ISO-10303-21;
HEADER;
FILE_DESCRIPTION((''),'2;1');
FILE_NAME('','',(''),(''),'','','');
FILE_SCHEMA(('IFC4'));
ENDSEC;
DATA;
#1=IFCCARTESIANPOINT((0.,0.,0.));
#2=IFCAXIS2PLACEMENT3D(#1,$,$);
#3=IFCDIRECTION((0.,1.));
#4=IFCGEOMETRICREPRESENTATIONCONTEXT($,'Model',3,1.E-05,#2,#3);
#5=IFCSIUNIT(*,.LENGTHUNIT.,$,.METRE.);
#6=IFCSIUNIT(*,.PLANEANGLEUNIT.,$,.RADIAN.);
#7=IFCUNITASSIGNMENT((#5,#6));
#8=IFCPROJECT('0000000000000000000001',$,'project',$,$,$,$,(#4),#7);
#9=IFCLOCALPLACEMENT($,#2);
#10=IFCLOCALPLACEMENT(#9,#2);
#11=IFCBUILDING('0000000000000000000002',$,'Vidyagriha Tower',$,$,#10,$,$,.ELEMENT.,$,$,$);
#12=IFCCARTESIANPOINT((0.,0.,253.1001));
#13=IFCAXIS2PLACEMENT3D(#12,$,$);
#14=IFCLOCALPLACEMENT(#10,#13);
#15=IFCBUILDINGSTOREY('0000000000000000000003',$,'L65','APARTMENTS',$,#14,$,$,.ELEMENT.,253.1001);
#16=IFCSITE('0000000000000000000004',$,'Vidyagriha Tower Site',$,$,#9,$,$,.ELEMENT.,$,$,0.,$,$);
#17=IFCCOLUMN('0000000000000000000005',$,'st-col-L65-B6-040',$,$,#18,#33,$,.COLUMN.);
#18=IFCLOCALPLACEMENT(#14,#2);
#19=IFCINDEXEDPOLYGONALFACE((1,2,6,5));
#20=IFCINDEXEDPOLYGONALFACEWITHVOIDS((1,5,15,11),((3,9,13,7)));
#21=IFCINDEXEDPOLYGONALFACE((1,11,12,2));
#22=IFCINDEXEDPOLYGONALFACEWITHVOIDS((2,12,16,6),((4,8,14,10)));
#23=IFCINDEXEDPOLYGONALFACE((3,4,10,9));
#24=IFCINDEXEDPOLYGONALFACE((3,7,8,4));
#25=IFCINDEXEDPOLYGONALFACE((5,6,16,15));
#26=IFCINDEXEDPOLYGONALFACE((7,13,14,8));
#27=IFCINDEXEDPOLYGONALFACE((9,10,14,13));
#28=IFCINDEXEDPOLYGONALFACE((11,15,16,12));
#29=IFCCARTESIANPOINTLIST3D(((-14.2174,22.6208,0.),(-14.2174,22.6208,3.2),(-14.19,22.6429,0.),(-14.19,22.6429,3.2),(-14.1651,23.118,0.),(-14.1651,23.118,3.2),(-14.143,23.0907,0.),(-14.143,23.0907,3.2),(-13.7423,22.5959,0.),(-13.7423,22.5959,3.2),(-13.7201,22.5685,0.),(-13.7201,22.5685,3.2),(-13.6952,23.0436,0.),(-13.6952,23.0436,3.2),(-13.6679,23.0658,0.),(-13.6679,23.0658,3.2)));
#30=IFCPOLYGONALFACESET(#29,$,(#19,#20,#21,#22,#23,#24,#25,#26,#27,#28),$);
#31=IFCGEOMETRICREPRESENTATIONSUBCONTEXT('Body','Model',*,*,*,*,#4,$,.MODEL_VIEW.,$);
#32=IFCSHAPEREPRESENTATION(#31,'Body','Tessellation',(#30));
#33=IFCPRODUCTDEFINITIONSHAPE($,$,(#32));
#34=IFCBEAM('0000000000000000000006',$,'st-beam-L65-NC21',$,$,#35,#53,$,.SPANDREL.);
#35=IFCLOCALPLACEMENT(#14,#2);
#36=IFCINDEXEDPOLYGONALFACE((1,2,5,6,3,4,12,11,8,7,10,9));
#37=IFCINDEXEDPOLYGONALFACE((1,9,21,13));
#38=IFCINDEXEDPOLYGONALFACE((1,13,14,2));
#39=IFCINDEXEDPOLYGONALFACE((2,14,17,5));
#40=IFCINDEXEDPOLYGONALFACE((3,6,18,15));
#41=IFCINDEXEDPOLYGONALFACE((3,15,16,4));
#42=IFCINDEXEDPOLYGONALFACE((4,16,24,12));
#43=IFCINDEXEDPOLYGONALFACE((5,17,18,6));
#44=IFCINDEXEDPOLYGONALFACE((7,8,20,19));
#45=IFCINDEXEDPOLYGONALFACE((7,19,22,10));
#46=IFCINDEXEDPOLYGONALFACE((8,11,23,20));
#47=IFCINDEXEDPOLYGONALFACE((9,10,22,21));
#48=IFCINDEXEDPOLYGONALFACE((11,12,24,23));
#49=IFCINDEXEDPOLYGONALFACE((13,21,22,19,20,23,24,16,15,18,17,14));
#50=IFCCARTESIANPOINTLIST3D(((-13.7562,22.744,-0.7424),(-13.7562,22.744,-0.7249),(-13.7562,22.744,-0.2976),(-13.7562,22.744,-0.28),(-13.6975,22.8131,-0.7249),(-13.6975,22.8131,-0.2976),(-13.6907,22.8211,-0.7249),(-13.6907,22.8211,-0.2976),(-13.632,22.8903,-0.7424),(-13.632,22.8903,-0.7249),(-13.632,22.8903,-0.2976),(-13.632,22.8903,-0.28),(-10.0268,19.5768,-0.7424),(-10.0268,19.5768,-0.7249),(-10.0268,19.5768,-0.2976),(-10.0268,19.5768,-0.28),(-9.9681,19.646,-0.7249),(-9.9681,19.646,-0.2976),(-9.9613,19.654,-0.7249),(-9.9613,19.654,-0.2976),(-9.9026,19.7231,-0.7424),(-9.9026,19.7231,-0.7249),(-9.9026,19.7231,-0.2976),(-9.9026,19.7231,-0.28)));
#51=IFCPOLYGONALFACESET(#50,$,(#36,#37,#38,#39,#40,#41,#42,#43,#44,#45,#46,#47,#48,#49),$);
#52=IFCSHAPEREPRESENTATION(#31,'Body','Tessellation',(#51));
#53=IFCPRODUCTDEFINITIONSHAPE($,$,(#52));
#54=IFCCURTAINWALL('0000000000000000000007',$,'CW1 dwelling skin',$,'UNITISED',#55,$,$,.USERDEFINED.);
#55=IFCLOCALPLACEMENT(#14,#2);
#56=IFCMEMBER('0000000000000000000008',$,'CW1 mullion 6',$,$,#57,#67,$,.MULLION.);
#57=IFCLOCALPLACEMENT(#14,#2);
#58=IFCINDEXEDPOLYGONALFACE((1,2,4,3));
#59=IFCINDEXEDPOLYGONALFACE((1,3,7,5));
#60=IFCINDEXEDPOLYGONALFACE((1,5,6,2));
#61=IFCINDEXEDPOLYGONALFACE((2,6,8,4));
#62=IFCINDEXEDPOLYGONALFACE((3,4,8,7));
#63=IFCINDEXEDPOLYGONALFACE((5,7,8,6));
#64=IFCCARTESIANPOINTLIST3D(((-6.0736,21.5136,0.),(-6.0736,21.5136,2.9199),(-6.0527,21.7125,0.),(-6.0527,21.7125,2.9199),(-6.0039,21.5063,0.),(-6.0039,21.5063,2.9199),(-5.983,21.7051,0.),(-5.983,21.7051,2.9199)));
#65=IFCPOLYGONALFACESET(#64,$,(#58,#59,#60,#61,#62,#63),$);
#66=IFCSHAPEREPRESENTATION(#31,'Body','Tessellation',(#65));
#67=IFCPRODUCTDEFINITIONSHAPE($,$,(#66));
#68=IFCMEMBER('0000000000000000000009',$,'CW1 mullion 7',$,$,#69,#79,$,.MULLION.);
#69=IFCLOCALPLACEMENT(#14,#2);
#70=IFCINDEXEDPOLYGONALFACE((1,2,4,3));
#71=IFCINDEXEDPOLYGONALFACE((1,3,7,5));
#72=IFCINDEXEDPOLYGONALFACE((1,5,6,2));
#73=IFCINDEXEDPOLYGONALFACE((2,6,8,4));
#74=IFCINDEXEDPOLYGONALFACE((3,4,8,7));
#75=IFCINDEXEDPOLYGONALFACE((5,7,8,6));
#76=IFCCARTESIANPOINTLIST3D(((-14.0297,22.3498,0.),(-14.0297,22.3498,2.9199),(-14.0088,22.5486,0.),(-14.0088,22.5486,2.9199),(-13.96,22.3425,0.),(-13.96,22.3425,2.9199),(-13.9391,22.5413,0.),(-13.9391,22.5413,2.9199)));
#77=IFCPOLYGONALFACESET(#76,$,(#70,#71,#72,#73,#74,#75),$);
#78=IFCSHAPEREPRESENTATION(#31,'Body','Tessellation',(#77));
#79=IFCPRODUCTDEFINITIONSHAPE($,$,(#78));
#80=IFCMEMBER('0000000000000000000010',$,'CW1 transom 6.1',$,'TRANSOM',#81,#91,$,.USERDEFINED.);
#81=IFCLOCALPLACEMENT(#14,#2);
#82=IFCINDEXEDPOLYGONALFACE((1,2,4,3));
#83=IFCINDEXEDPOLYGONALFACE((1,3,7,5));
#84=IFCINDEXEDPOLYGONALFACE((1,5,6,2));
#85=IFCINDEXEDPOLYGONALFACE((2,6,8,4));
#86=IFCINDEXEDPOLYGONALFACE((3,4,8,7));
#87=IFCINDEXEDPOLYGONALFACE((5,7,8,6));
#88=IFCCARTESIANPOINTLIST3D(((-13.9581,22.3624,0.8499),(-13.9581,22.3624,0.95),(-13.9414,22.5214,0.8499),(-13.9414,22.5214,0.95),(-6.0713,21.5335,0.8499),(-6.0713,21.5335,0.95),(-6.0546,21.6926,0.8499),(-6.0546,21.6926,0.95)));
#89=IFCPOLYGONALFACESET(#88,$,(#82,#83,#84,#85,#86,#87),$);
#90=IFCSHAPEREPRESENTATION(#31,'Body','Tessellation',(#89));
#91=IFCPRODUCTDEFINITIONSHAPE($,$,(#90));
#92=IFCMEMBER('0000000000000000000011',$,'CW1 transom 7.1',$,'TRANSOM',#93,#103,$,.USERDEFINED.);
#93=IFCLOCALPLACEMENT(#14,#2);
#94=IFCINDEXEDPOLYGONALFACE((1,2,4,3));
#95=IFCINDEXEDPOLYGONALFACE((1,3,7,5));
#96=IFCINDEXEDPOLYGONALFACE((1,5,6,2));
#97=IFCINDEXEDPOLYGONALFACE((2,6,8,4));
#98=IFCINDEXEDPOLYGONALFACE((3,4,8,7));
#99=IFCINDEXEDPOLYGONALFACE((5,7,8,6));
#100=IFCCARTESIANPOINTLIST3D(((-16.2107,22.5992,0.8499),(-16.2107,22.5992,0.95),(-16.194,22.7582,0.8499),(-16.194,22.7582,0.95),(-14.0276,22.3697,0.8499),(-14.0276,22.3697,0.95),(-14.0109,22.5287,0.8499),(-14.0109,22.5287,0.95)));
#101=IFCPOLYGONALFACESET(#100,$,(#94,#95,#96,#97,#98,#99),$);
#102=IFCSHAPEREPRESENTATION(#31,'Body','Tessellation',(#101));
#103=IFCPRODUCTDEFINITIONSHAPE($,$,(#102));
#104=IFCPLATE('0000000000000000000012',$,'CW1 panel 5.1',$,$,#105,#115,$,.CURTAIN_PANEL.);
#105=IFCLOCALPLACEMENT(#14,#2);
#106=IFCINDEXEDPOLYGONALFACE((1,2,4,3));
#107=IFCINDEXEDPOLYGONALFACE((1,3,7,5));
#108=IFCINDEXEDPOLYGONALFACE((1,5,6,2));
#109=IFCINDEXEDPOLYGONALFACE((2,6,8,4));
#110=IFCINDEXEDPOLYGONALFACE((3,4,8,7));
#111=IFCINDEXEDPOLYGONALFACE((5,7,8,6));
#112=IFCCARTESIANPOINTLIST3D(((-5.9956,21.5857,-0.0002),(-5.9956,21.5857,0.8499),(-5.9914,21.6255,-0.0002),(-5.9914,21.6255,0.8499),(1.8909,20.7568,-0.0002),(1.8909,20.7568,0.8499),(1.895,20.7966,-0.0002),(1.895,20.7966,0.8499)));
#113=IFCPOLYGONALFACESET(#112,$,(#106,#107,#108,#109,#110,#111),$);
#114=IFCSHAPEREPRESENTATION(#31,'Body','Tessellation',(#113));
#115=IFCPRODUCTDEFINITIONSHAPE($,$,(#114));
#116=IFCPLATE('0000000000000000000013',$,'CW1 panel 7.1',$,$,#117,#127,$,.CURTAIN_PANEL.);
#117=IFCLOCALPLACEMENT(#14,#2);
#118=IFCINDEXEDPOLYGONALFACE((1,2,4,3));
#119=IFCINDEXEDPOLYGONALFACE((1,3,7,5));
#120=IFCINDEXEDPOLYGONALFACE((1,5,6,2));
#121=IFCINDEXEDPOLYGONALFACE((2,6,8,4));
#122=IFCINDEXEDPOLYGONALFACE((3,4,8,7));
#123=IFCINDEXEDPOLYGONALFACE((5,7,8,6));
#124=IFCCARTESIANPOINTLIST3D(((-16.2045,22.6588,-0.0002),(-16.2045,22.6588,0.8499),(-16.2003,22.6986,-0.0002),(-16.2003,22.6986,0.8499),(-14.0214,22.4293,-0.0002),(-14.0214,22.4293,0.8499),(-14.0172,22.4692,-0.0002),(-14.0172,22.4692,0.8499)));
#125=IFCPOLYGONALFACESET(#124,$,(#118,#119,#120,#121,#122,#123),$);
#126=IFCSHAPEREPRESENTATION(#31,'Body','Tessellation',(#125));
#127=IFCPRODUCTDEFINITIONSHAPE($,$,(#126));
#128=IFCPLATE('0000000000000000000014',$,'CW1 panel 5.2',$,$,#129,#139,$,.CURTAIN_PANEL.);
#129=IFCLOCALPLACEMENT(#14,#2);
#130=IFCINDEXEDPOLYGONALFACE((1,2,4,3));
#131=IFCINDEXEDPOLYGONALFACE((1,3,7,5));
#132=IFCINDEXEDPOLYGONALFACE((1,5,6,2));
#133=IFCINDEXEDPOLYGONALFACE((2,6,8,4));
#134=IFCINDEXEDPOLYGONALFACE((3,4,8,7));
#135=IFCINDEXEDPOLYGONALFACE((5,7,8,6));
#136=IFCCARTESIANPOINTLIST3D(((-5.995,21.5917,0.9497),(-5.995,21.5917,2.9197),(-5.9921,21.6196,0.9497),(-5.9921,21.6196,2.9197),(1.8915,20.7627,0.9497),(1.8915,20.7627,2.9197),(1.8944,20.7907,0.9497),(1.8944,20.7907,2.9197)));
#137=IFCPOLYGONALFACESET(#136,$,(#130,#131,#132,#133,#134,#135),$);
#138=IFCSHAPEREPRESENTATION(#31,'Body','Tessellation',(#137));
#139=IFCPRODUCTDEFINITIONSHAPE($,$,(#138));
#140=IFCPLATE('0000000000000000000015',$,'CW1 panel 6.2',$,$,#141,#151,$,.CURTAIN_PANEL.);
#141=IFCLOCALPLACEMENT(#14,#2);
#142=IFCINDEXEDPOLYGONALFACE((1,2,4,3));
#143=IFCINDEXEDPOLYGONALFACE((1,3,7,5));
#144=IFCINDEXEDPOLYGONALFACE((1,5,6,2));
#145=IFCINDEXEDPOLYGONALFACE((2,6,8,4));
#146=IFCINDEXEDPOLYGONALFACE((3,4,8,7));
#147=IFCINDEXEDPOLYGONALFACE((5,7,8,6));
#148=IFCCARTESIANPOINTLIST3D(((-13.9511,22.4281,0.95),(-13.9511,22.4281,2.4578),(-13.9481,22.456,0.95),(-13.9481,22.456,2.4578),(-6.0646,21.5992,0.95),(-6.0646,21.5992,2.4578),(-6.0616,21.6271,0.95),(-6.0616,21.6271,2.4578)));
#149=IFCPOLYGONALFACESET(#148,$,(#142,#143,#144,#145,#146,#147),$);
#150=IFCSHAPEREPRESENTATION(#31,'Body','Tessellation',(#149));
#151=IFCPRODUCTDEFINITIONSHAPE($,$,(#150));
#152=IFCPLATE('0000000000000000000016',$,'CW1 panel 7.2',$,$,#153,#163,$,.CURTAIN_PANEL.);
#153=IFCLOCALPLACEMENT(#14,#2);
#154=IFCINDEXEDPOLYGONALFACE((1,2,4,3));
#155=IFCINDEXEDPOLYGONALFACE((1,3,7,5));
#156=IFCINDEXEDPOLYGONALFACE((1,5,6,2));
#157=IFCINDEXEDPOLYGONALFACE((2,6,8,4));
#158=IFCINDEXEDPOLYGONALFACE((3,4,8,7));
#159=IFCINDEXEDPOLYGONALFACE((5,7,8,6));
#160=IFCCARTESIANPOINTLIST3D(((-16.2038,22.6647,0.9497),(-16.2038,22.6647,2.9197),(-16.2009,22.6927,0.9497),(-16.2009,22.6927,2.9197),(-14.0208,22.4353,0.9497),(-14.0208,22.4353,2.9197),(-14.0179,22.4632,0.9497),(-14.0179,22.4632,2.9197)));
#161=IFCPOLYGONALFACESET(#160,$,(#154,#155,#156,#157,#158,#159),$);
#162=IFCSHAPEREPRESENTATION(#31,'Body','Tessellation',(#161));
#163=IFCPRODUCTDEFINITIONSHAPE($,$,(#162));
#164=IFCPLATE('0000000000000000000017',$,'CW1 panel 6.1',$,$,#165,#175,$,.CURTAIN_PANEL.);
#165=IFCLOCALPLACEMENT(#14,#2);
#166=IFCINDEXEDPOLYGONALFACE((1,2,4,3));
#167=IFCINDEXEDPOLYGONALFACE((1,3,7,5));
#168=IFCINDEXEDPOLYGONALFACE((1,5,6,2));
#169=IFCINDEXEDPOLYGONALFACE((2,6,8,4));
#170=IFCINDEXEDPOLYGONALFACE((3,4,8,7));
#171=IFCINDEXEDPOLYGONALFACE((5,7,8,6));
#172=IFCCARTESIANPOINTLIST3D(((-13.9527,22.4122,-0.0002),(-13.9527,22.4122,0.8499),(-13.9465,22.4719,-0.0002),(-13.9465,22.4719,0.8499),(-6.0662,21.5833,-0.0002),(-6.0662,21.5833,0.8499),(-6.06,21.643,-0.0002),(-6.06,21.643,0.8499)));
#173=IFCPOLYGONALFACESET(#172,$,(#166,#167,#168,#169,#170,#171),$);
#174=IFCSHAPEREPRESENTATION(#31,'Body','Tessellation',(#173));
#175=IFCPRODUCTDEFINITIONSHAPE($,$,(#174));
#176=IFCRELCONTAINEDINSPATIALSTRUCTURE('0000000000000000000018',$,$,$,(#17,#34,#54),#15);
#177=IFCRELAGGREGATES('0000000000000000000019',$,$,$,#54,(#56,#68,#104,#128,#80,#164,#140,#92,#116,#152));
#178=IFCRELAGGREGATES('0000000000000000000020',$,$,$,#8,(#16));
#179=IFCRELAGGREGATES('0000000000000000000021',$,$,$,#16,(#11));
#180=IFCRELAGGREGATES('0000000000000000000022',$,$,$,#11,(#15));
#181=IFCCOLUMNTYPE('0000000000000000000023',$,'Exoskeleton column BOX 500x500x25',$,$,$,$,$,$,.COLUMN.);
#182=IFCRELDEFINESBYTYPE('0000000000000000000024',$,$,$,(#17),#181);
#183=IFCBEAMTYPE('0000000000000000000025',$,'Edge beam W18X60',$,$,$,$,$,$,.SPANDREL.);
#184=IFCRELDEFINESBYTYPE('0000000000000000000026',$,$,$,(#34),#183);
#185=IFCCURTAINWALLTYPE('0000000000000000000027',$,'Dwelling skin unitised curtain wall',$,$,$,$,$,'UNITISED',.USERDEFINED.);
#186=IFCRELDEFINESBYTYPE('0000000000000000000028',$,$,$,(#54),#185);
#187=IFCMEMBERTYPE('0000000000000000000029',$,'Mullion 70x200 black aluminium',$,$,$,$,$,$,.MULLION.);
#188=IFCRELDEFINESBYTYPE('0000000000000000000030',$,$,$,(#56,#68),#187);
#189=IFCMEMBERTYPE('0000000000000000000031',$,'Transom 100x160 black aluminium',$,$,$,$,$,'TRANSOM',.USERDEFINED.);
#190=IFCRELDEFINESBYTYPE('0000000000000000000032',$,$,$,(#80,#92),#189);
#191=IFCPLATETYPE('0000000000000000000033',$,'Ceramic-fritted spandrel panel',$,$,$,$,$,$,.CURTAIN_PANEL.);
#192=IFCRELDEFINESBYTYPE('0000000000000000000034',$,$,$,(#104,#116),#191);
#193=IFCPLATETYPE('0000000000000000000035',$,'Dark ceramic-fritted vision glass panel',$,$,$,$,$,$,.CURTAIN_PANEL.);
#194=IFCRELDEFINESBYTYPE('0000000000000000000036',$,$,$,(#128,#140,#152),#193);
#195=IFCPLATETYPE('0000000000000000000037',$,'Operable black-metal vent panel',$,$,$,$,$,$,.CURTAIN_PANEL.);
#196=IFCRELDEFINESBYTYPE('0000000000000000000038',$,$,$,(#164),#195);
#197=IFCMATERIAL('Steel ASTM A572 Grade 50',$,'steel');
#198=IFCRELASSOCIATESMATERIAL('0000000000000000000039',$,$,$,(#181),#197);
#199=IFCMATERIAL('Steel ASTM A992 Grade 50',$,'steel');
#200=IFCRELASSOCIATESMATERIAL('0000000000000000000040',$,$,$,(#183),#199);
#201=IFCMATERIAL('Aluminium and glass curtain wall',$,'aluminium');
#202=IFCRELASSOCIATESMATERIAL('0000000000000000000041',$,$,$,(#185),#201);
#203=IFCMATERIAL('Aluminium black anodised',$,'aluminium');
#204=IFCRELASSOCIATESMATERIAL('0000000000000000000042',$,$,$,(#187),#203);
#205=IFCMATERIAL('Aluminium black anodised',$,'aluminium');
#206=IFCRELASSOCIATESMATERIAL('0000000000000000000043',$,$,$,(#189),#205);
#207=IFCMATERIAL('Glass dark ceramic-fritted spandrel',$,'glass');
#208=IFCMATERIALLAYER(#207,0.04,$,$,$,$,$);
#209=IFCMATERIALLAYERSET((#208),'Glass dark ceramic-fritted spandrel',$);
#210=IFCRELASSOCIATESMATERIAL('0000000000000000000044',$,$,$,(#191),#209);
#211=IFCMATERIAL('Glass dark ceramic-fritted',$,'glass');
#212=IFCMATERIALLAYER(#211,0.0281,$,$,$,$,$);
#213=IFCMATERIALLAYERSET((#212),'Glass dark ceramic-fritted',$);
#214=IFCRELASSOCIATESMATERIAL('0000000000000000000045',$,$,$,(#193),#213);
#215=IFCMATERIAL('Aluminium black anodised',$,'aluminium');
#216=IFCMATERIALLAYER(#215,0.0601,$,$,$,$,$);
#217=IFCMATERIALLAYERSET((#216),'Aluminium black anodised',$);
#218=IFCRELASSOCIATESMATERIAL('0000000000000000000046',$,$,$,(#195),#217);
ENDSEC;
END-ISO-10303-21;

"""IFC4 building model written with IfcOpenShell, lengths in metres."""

from ifc_helpers import new_model, si_unit, direction, frame, origin, origin_2d, place, context, subcontext, project, spatial, rectangle, hollow_rectangle, i_section, extrude, material, layer, layer_set, material_profile, profile_set, type_object, element, aggregate, save


model = new_model("IFC4")

# Units and contexts
model_context = context("Model", 3, precision=1e-05, world=origin(), true_north=direction((0.0, 1.0)))
body_context = subcontext(model_context, "Body", "Model", "MODEL_VIEW")
ifc_project = project(units=[si_unit("LENGTHUNIT", "METRE"), si_unit("PLANEANGLEUNIT", "RADIAN")], contexts=[model_context])

# Site, building, storey
site_placement = place(None, origin())
site = spatial("IfcSite", under=ifc_project, at=site_placement, Name="Vidyagriha Tower Site", CompositionType="ELEMENT", RefElevation=0.0)
building_placement = place(site_placement, origin())
building = spatial("IfcBuilding", under=site, at=building_placement, Name="Vidyagriha Tower", CompositionType="ELEMENT")
storey_placement = place(building_placement, frame((0.0, 0.0, 253.1001)))
storey = spatial("IfcBuildingStorey", under=building, at=storey_placement, Name="L65", Description="APARTMENTS", CompositionType="ELEMENT", Elevation=253.1001)

# Column
ifc_material_1 = material(Name="Steel ASTM A572 Grade 50", Category="steel")
ifc_material_profile_1 = material_profile(ifc_material_1, hollow_rectangle(XDim=0.5, YDim=0.5, WallThickness=0.0249, at=origin_2d()), Name="BOX 500x500x25")
ifc_profile_set_1 = profile_set([ifc_material_profile_1], Name="Steel ASTM A572 Grade 50")
column_type = type_object("IfcColumnType", Name="Exoskeleton column BOX 500x500x25", PredefinedType="COLUMN", material=ifc_profile_set_1)
column_placement = place(storey_placement, frame((-13.9426, 22.8433, 0.0), z_axis=(0.0, 0.0, 1.0), x_axis=(0.994522, -0.104528, 0.0)))
element("IfcColumn", 1, at=column_placement, inside=storey, type_object=column_type, Name="st-col-L65-B6-040", PredefinedType="COLUMN", context=body_context, shape_type="SweptSolid", body=[
    extrude(hollow_rectangle(XDim=0.5, YDim=0.5, WallThickness=0.0249, at=origin_2d()), origin(), (0.0, 0.0, 1.0), 3.2),
])

# Beam
ifc_material_2 = material(Name="Steel ASTM A992 Grade 50", Category="steel")
ifc_material_profile_2 = material_profile(ifc_material_2, i_section(OverallWidth=0.1919, OverallDepth=0.4624, WebThickness=0.0105, FlangeThickness=0.0176, at=origin_2d()), Name="W18X60")
ifc_profile_set_2 = profile_set([ifc_material_profile_2], Name="Steel ASTM A992 Grade 50")
beam_type = type_object("IfcBeamType", Name="Edge beam W18X60", PredefinedType="SPANDREL", material=ifc_profile_set_2)
beam_placement = place(storey_placement, frame((-13.6941, 22.8171, -0.5112), z_axis=(0.762225, -0.647312, 0.0), x_axis=(0.647312, 0.762225, 0.0)))
element("IfcBeam", 2, at=beam_placement, inside=storey, type_object=beam_type, Name="st-beam-L65-NC21", PredefinedType="SPANDREL", context=body_context, shape_type="SweptSolid", body=[
    extrude(i_section(OverallWidth=0.1919, OverallDepth=0.4624, WebThickness=0.0105, FlangeThickness=0.0176, at=origin_2d()), origin(), (0.0, 0.0, 1.0), 4.8928),
])

# Curtain wall, members, plates
ifc_material_3 = material(Name="Aluminium and glass curtain wall", Category="aluminium")
curtain_wall_type = type_object("IfcCurtainWallType", Name="Dwelling skin unitised curtain wall", ElementType="UNITISED", PredefinedType="USERDEFINED", material=ifc_material_3)
curtain_wall_placement = place(storey_placement, origin())
curtain_wall = element("IfcCurtainWall", 3, at=curtain_wall_placement, inside=storey, type_object=curtain_wall_type, Name="CW1 dwelling skin", ObjectType="UNITISED", PredefinedType="USERDEFINED")
ifc_material_4 = material(Name="Aluminium black anodised", Category="aluminium")
ifc_material_profile_3 = material_profile(ifc_material_4, rectangle(XDim=0.2, YDim=0.0701, at=origin_2d()), Name="Mullion 70x200 black aluminium")
ifc_profile_set_3 = profile_set([ifc_material_profile_3], Name="Aluminium black anodised")
member_type_1 = type_object("IfcMemberType", Name="Mullion 70x200 black aluminium", PredefinedType="MULLION", material=ifc_profile_set_3)
member_1_placement = place(storey_placement, frame((-6.0283, 21.6094, 0.0), z_axis=(0.0, 0.0, 1.0), x_axis=(-0.104529, -0.994522, 0.0)))
member_1 = element("IfcMember", 4, at=member_1_placement, type_object=member_type_1, Name="CW1 mullion 6", PredefinedType="MULLION", context=body_context, shape_type="SweptSolid", body=[
    extrude(rectangle(XDim=0.2, YDim=0.0701, at=origin_2d()), origin(), (0.0, 0.0, 1.0), 2.9199),
])
member_2_placement = place(storey_placement, frame((-13.9844, 22.4456, 0.0), z_axis=(0.0, 0.0, 1.0), x_axis=(-0.104529, -0.994522, 0.0)))
member_2 = element("IfcMember", 5, at=member_2_placement, type_object=member_type_1, Name="CW1 mullion 7", PredefinedType="MULLION", context=body_context, shape_type="SweptSolid", body=[
    extrude(rectangle(XDim=0.2, YDim=0.0701, at=origin_2d()), origin(), (0.0, 0.0, 1.0), 2.9199),
])
ifc_material_5 = material(Name="Aluminium black anodised", Category="aluminium")
ifc_material_profile_4 = material_profile(ifc_material_5, rectangle(XDim=0.1599, YDim=0.1001, at=origin_2d()), Name="Transom 100x160 black aluminium")
ifc_profile_set_4 = profile_set([ifc_material_profile_4], Name="Aluminium black anodised")
member_type_2 = type_object("IfcMemberType", Name="Transom 100x160 black aluminium", ElementType="TRANSOM", PredefinedType="USERDEFINED", material=ifc_profile_set_4)
member_3_placement = place(storey_placement, frame((-6.063, 21.613, 0.8999), z_axis=(-0.994523, 0.10452, 0.0), x_axis=(-0.10452, -0.994523, 0.0)))
member_3 = element("IfcMember", 6, at=member_3_placement, type_object=member_type_2, Name="CW1 transom 6.1", ObjectType="TRANSOM", PredefinedType="USERDEFINED", context=body_context, shape_type="SweptSolid", body=[
    extrude(rectangle(XDim=0.1599, YDim=0.1001, at=origin_2d()), origin(), (0.0, 0.0, 1.0), 7.9302),
])
member_4_placement = place(storey_placement, frame((-14.0193, 22.4492, 0.8999), z_axis=(-0.99452, 0.104546, 0.0), x_axis=(-0.104546, -0.99452, 0.0)))
member_4 = element("IfcMember", 7, at=member_4_placement, type_object=member_type_2, Name="CW1 transom 7.1", ObjectType="TRANSOM", PredefinedType="USERDEFINED", context=body_context, shape_type="SweptSolid", body=[
    extrude(rectangle(XDim=0.1599, YDim=0.1001, at=origin_2d()), origin(), (0.0, 0.0, 1.0), 2.1951),
])
ifc_material_6 = material(Name="Glass dark ceramic-fritted spandrel", Category="glass")
ifc_layer_1 = layer(ifc_material_6, 0.04)
ifc_layer_set_1 = layer_set([ifc_layer_1], Name="Glass dark ceramic-fritted spandrel")
plate_type_1 = type_object("IfcPlateType", Name="Ceramic-fritted spandrel panel", PredefinedType="CURTAIN_PANEL", material=ifc_layer_set_1)
plate_1_placement = place(storey_placement, frame((-2.0503, 21.1912, -0.0002), z_axis=(0.0, 0.0, 1.0), x_axis=(-0.994522, 0.104529, 0.0)))
plate_1 = element("IfcPlate", 8, at=plate_1_placement, type_object=plate_type_1, Name="CW1 panel 5.1", PredefinedType="CURTAIN_PANEL", context=body_context, shape_type="SweptSolid", body=[
    extrude(rectangle(XDim=7.9299, YDim=0.04, at=origin_2d()), origin(), (0.0, 0.0, 1.0), 0.8501),
])
plate_2_placement = place(storey_placement, frame((-15.1108, 22.564, -0.0002), z_axis=(0.0, 0.0, 1.0), x_axis=(-0.994522, 0.104529, 0.0)))
plate_2 = element("IfcPlate", 9, at=plate_2_placement, type_object=plate_type_1, Name="CW1 panel 7.1", PredefinedType="CURTAIN_PANEL", context=body_context, shape_type="SweptSolid", body=[
    extrude(rectangle(XDim=2.1951, YDim=0.04, at=origin_2d()), origin(), (0.0, 0.0, 1.0), 0.8501),
])
ifc_material_7 = material(Name="Glass dark ceramic-fritted", Category="glass")
ifc_layer_2 = layer(ifc_material_7, 0.0281)
ifc_layer_set_2 = layer_set([ifc_layer_2], Name="Glass dark ceramic-fritted")
plate_type_2 = type_object("IfcPlateType", Name="Dark ceramic-fritted vision glass panel", PredefinedType="CURTAIN_PANEL", material=ifc_layer_set_2)
plate_3_placement = place(storey_placement, frame((-2.0503, 21.1912, 0.9497), z_axis=(0.0, 0.0, 1.0), x_axis=(-0.994522, 0.104529, 0.0)))
plate_3 = element("IfcPlate", 10, at=plate_3_placement, type_object=plate_type_2, Name="CW1 panel 5.2", PredefinedType="CURTAIN_PANEL", context=body_context, shape_type="SweptSolid", body=[
    extrude(rectangle(XDim=7.9299, YDim=0.0281, at=origin_2d()), origin(), (0.0, 0.0, 1.0), 1.97),
])
plate_4_placement = place(storey_placement, frame((-10.0063, 22.0276, 0.95), z_axis=(0.0, 0.0, 1.0), x_axis=(-0.994522, 0.104529, 0.0)))
plate_4 = element("IfcPlate", 11, at=plate_4_placement, type_object=plate_type_2, Name="CW1 panel 6.2", PredefinedType="CURTAIN_PANEL", context=body_context, shape_type="SweptSolid", body=[
    extrude(rectangle(XDim=7.9299, YDim=0.0281, at=origin_2d()), origin(), (0.0, 0.0, 1.0), 1.5078),
])
plate_5_placement = place(storey_placement, frame((-15.1108, 22.564, 0.9497), z_axis=(0.0, 0.0, 1.0), x_axis=(-0.994522, 0.104529, 0.0)))
plate_5 = element("IfcPlate", 12, at=plate_5_placement, type_object=plate_type_2, Name="CW1 panel 7.2", PredefinedType="CURTAIN_PANEL", context=body_context, shape_type="SweptSolid", body=[
    extrude(rectangle(XDim=2.1951, YDim=0.0281, at=origin_2d()), origin(), (0.0, 0.0, 1.0), 1.97),
])
ifc_material_8 = material(Name="Aluminium black anodised", Category="aluminium")
ifc_layer_3 = layer(ifc_material_8, 0.0601)
ifc_layer_set_3 = layer_set([ifc_layer_3], Name="Aluminium black anodised")
plate_type_3 = type_object("IfcPlateType", Name="Operable black-metal vent panel", PredefinedType="CURTAIN_PANEL", material=ifc_layer_set_3)
plate_6_placement = place(storey_placement, frame((-10.0063, 22.0276, -0.0002), z_axis=(0.0, 0.0, 1.0), x_axis=(-0.994522, 0.104529, 0.0)))
plate_6 = element("IfcPlate", 13, at=plate_6_placement, type_object=plate_type_3, Name="CW1 panel 6.1", PredefinedType="CURTAIN_PANEL", context=body_context, shape_type="SweptSolid", body=[
    extrude(rectangle(XDim=7.9299, YDim=0.0601, at=origin_2d()), origin(), (0.0, 0.0, 1.0), 0.8501),
])
aggregate(curtain_wall, [member_1, member_2, plate_1, plate_3, member_3, plate_6, plate_4, member_4, plate_2, plate_5])

save(model, "model.ifc")
